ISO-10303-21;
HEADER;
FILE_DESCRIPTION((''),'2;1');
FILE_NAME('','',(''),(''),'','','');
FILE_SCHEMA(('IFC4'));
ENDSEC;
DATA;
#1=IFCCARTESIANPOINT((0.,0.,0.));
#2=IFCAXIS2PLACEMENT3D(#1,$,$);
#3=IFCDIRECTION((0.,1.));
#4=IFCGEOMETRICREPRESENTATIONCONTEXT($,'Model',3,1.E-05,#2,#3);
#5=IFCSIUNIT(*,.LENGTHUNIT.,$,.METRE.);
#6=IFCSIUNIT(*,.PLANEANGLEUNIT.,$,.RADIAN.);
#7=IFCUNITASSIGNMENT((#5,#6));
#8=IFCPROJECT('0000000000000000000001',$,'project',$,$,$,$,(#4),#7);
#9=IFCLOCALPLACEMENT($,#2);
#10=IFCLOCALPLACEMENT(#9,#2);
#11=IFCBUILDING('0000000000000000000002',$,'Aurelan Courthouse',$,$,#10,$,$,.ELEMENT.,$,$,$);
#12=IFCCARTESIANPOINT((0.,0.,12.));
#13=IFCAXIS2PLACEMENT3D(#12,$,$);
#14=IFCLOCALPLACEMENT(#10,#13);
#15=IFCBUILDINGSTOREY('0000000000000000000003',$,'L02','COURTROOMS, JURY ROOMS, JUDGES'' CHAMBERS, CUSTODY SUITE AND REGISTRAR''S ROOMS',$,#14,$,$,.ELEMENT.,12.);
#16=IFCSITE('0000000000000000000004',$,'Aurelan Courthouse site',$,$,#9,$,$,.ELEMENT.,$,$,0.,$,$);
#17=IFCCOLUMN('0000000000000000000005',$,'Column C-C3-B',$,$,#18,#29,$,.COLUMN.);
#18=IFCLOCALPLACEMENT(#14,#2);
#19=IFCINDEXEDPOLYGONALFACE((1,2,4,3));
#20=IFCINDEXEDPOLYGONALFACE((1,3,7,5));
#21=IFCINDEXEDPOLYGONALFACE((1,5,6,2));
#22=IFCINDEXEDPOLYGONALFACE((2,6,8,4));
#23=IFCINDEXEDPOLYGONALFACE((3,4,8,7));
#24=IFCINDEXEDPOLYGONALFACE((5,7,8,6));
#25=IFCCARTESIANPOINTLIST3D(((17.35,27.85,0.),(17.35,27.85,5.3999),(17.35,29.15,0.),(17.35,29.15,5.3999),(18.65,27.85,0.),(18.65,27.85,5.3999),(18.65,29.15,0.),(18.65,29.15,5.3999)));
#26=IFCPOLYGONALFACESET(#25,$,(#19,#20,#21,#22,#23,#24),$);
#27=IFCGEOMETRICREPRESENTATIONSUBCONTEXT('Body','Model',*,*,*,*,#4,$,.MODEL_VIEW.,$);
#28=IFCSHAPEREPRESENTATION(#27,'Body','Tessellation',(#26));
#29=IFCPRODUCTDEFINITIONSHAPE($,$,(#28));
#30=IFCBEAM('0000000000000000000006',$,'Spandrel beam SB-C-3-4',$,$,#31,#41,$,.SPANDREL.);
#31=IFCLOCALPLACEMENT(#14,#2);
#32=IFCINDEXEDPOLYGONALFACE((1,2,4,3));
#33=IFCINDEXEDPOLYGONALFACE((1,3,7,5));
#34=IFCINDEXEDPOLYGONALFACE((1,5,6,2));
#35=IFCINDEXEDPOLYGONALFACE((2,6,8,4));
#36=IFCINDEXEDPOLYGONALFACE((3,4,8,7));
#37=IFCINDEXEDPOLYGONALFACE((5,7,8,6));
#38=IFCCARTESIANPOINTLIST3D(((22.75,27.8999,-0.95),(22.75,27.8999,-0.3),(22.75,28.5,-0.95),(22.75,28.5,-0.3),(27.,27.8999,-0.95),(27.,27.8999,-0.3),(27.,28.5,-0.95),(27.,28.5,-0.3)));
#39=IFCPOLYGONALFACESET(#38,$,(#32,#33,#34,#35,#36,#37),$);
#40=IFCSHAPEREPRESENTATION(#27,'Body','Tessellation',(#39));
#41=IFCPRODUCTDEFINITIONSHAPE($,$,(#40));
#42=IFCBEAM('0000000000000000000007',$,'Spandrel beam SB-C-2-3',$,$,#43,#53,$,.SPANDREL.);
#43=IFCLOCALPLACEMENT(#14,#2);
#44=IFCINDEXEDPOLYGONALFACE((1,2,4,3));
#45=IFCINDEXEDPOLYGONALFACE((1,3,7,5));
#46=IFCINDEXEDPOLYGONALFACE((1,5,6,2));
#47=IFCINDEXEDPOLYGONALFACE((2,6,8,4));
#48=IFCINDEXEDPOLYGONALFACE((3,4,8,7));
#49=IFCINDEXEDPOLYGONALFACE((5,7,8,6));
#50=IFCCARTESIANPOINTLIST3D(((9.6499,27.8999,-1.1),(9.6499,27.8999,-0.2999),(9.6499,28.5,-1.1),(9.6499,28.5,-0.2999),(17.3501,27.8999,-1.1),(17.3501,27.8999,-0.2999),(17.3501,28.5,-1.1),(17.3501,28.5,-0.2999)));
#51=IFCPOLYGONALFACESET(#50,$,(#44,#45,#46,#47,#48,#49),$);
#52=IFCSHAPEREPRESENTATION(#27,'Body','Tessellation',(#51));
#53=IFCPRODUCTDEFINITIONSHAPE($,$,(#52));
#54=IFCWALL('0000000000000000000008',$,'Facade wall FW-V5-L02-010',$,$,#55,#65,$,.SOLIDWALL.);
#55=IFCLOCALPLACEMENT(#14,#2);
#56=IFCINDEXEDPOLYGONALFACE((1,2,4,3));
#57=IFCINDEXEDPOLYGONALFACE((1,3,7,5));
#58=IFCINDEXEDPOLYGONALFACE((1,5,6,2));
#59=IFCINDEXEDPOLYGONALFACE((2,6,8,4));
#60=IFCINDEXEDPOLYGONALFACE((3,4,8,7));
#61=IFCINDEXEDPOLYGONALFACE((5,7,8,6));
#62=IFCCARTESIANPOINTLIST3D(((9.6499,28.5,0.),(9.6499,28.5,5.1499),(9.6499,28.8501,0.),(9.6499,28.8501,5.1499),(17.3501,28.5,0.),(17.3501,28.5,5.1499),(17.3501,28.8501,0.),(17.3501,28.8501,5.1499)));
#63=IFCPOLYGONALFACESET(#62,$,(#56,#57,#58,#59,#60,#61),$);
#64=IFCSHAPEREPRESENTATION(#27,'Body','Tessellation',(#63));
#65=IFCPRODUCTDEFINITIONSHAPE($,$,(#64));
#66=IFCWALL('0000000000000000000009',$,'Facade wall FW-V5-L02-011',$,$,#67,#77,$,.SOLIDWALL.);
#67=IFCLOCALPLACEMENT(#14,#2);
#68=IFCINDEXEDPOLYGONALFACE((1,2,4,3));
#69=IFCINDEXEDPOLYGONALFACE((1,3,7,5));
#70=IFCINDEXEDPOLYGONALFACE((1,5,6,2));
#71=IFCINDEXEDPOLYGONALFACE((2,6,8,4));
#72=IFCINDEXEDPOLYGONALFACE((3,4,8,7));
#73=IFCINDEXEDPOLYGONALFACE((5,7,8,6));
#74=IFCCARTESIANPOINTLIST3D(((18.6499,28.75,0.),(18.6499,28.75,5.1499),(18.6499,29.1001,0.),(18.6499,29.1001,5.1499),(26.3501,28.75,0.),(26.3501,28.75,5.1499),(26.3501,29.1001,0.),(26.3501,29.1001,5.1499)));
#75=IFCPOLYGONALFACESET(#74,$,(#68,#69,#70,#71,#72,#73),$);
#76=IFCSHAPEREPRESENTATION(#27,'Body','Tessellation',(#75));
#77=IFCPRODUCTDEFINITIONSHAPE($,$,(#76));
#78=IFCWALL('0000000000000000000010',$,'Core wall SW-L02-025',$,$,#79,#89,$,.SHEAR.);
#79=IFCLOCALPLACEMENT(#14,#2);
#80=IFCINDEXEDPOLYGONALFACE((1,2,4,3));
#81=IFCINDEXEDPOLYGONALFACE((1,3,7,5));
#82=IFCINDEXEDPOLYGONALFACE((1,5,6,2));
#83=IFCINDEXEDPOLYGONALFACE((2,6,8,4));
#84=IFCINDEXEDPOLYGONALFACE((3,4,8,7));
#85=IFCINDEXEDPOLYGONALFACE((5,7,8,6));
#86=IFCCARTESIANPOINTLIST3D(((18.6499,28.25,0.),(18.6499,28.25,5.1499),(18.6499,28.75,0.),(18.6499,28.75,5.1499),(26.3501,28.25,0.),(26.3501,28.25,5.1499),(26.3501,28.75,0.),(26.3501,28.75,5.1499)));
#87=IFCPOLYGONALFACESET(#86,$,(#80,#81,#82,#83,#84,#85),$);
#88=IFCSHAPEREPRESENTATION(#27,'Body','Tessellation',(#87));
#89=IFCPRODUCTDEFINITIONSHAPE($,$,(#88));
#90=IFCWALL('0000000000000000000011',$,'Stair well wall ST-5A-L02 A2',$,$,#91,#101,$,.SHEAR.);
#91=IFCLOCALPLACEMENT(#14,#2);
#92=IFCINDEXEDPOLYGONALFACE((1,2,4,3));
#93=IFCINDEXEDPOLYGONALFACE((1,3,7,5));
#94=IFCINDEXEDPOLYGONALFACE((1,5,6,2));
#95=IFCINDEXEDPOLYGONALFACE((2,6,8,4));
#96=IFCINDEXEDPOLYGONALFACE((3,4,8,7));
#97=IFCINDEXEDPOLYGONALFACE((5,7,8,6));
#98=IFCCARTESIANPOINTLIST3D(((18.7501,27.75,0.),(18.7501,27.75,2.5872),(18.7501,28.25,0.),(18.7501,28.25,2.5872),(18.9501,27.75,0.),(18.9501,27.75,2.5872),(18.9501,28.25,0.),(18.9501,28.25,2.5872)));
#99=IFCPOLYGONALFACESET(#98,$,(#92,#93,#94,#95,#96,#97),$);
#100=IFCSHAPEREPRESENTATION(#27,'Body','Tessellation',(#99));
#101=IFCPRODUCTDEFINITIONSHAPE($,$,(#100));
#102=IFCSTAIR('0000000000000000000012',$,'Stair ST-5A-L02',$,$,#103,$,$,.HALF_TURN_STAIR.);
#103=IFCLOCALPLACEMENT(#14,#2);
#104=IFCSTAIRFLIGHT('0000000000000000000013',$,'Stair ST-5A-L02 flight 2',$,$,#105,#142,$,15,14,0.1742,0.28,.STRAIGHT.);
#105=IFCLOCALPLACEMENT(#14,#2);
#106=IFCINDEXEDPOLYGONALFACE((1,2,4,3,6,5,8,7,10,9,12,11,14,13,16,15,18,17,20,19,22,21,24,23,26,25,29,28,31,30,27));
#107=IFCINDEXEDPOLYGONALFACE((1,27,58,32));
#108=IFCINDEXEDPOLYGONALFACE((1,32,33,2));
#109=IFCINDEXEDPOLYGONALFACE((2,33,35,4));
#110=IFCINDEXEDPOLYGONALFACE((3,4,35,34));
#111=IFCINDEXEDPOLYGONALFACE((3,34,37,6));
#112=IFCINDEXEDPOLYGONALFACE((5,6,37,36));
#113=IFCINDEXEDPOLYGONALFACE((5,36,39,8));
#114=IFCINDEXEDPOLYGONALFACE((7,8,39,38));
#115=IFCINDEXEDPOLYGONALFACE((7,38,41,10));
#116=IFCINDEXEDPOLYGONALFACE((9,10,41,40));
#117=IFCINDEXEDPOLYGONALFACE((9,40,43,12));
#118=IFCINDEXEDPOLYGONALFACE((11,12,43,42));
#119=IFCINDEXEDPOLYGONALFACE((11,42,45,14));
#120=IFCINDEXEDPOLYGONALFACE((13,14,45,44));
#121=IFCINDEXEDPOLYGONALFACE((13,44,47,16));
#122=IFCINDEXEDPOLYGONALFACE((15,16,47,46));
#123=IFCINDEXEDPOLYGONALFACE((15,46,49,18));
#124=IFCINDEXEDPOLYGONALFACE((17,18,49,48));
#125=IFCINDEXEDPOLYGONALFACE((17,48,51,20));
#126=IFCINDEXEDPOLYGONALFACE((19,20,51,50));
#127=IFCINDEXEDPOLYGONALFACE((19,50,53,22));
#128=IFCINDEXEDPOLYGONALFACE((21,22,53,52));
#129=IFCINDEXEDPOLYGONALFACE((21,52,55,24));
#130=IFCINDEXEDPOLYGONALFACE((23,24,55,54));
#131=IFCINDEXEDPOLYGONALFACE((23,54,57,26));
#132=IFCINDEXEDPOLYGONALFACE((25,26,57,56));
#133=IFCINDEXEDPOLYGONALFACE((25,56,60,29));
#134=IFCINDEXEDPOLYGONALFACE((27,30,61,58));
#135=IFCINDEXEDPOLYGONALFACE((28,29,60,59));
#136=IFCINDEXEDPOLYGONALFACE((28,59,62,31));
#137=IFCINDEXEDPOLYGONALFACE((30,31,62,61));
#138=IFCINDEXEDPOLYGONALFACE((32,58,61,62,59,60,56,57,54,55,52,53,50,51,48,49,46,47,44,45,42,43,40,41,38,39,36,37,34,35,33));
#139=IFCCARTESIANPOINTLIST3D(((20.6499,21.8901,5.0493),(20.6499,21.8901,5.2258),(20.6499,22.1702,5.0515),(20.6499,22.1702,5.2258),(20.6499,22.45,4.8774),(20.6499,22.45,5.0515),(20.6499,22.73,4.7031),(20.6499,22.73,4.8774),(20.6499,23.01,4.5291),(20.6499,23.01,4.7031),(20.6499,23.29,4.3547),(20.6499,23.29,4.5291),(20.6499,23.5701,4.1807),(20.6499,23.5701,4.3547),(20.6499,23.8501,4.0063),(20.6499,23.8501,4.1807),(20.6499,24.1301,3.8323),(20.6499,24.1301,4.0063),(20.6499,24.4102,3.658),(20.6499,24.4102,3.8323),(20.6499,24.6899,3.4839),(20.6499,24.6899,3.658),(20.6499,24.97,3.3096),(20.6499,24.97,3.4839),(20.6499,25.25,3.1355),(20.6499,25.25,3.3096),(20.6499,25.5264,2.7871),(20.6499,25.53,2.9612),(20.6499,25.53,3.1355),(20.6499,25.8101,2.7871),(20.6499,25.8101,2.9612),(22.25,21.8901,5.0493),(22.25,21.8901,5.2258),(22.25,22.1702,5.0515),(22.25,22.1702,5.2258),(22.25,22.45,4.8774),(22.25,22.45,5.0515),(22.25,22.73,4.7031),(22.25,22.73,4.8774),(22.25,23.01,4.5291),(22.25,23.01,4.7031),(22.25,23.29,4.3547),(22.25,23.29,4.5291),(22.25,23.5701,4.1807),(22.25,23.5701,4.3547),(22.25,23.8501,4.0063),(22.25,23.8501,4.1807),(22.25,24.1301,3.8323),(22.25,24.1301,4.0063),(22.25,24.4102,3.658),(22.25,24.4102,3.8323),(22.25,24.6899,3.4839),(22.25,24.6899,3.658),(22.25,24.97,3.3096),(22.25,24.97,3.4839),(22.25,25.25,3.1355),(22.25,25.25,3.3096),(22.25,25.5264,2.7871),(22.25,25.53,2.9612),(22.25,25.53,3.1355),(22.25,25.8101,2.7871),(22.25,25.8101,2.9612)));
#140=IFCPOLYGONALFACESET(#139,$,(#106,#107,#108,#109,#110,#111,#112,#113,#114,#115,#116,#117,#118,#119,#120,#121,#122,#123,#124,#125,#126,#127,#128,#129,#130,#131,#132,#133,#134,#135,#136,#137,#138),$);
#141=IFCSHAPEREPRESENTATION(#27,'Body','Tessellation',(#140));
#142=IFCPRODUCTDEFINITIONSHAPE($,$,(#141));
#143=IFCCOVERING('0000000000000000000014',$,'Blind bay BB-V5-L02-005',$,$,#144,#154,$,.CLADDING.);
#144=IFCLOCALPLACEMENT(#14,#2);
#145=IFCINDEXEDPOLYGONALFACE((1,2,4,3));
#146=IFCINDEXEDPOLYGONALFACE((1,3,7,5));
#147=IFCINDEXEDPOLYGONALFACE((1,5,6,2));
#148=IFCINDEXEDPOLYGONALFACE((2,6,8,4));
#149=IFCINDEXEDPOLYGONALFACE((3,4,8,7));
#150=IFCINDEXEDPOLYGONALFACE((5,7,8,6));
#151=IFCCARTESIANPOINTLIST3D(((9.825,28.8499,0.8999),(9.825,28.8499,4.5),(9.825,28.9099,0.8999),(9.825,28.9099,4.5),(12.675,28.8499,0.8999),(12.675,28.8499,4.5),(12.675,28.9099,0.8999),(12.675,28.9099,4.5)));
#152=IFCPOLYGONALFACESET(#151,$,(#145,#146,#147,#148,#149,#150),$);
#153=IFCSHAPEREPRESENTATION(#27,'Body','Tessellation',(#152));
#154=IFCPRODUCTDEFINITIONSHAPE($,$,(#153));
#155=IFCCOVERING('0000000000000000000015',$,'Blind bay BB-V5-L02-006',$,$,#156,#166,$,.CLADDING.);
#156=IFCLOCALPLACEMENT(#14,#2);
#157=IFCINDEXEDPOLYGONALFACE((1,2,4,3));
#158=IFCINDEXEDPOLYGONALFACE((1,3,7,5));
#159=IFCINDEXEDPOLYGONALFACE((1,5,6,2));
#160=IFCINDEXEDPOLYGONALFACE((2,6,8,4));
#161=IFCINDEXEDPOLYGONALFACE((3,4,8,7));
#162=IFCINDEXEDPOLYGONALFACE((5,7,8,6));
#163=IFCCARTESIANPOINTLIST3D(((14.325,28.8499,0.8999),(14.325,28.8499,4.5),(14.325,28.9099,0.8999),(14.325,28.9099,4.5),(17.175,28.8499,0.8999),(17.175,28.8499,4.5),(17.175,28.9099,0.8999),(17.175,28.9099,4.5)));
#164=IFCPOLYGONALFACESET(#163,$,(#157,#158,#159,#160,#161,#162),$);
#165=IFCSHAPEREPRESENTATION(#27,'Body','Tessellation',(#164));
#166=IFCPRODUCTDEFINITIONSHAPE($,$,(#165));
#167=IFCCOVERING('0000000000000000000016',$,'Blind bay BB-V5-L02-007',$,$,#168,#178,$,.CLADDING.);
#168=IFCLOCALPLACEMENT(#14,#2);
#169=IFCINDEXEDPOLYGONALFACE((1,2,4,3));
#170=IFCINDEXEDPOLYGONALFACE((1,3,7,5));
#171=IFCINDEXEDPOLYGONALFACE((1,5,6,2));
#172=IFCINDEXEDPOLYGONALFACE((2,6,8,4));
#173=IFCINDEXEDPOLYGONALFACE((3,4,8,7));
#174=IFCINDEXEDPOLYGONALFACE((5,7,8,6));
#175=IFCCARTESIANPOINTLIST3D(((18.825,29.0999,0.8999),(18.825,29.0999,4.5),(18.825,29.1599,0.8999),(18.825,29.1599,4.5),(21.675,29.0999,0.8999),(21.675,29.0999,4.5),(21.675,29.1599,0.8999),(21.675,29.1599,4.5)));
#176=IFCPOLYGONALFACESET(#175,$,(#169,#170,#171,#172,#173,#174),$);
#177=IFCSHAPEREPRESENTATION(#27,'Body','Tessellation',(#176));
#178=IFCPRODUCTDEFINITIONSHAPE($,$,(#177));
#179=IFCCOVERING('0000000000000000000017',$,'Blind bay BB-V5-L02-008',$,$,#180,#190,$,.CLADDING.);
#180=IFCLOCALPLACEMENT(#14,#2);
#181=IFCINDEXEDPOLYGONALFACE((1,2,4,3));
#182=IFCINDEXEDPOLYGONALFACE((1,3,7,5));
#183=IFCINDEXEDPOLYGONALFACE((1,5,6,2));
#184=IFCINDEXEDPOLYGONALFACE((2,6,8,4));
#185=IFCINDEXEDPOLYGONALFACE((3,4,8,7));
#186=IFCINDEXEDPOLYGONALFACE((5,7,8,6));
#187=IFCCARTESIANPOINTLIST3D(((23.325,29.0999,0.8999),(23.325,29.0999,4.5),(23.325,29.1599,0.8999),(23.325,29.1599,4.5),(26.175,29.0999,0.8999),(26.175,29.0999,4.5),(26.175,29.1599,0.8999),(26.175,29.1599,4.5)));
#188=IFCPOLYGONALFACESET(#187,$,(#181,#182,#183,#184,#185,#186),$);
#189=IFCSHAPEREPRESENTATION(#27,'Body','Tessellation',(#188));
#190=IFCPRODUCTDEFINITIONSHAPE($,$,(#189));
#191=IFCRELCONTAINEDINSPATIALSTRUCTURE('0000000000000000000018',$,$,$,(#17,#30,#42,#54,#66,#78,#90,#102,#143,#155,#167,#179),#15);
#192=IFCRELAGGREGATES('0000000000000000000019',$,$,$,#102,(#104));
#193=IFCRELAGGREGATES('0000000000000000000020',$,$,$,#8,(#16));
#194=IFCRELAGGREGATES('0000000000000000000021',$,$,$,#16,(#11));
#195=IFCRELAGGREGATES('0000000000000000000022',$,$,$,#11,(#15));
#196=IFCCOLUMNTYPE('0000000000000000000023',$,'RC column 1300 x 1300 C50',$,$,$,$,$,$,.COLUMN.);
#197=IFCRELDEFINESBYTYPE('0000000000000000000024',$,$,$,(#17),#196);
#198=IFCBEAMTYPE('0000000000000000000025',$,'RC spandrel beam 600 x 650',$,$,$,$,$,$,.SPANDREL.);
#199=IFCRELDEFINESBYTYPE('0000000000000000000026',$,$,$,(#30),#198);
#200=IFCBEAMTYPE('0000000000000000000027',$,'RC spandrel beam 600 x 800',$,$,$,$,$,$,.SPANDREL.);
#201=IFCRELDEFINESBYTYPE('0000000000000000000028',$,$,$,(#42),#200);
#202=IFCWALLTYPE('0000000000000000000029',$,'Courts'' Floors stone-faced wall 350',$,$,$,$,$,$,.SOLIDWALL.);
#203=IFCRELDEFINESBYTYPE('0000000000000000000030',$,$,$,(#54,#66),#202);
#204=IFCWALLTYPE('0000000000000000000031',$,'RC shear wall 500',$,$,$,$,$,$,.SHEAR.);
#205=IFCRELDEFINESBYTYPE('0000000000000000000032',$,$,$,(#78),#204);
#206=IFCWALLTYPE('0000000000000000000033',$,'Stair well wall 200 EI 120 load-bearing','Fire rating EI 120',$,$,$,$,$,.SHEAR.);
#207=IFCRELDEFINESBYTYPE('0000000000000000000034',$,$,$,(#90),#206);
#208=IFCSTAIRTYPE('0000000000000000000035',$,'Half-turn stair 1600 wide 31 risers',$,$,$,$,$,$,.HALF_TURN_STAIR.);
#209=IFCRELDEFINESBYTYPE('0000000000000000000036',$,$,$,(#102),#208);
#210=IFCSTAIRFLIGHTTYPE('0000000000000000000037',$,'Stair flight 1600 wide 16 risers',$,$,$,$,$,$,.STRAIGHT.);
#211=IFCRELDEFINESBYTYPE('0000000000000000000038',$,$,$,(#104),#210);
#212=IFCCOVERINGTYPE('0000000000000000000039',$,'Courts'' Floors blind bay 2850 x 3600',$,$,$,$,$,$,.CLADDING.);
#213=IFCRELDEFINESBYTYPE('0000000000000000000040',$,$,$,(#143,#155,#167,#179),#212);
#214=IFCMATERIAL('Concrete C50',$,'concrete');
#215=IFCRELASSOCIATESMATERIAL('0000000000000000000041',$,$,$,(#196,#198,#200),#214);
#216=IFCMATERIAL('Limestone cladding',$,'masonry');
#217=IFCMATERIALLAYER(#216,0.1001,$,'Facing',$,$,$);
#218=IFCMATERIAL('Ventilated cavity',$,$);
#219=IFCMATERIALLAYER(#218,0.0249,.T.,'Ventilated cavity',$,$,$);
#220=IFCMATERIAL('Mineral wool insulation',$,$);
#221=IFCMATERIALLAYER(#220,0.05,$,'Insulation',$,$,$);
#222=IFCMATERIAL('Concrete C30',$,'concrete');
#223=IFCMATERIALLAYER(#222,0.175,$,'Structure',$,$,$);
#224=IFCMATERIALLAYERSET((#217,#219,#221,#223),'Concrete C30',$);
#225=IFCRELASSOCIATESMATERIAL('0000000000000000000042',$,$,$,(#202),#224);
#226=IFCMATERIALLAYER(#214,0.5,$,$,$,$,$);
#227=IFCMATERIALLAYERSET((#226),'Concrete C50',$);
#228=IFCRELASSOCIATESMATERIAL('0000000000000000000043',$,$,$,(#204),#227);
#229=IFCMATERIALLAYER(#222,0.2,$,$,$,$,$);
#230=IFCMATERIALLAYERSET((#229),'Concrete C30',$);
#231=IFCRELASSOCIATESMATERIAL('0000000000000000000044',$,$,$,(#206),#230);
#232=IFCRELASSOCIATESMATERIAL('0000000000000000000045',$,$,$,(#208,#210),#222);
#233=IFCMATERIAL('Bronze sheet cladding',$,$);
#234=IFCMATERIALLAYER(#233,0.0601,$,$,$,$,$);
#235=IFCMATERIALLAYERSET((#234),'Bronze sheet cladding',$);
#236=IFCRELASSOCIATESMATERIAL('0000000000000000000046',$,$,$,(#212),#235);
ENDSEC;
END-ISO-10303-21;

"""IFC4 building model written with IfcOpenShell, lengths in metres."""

from ifc_helpers import new_model, si_unit, direction, frame, frame_2d, origin, origin_2d, place, context, subcontext, project, spatial, polyline, rectangle, outline, extrude, material, layer, layer_set, material_profile, profile_set, type_object, element, aggregate, save


model = new_model("IFC4")

# Units and contexts
model_context = context("Model", 3, precision=1e-05, world=origin(), true_north=direction((0.0, 1.0)))
body_context = subcontext(model_context, "Body", "Model", "MODEL_VIEW")
ifc_project = project(units=[si_unit("LENGTHUNIT", "METRE"), si_unit("PLANEANGLEUNIT", "RADIAN")], contexts=[model_context])

# Site, building, storey
site_placement = place(None, origin())
site = spatial("IfcSite", under=ifc_project, at=site_placement, Name="Aurelan Courthouse site", CompositionType="ELEMENT", RefElevation=0.0)
building_placement = place(site_placement, origin())
building = spatial("IfcBuilding", under=site, at=building_placement, Name="Aurelan Courthouse", CompositionType="ELEMENT")
storey_placement = place(building_placement, frame((0.0, 0.0, 12.0)))
storey = spatial("IfcBuildingStorey", under=building, at=storey_placement, Name="L02", Description="COURTROOMS, JURY ROOMS, JUDGES' CHAMBERS, CUSTODY SUITE AND REGISTRAR'S ROOMS", CompositionType="ELEMENT", Elevation=12.0)

# Column
ifc_material_1 = material(Name="Concrete C50", Category="concrete")
ifc_material_profile_1 = material_profile(ifc_material_1, rectangle(XDim=1.3, YDim=1.3, at=origin_2d()), Name="RC 1300 x 1300")
ifc_profile_set_1 = profile_set([ifc_material_profile_1], Name="Concrete C50")
column_type = type_object("IfcColumnType", Name="RC column 1300 x 1300 C50", PredefinedType="COLUMN", material=ifc_profile_set_1)
column_placement = place(storey_placement, frame((18.0, 28.5, 0.0), z_axis=(0.0, 0.0, 1.0), x_axis=(1.0, 0.0, 0.0)))
element("IfcColumn", 1, at=column_placement, inside=storey, type_object=column_type, Name="Column C-C3-B", PredefinedType="COLUMN", context=body_context, shape_type="SweptSolid", body=[
    extrude(rectangle(XDim=1.3, YDim=1.3, at=origin_2d()), origin(), (0.0, 0.0, 1.0), 5.3999),
])

# Beams
ifc_material_profile_2 = material_profile(ifc_material_1, rectangle(XDim=0.6001, YDim=0.6499, at=origin_2d()), Name="RC 600 x 650")
ifc_profile_set_2 = profile_set([ifc_material_profile_2], Name="Concrete C50")
beam_type_1 = type_object("IfcBeamType", Name="RC spandrel beam 600 x 650", PredefinedType="SPANDREL", material=ifc_profile_set_2)
beam_1_placement = place(storey_placement, frame((22.75, 28.2, -0.625), z_axis=(1.0, 0.0, 0.0), x_axis=(0.0, 1.0, 0.0)))
element("IfcBeam", 2, at=beam_1_placement, inside=storey, type_object=beam_type_1, Name="Spandrel beam SB-C-3-4", PredefinedType="SPANDREL", context=body_context, shape_type="SweptSolid", body=[
    extrude(rectangle(XDim=0.6001, YDim=0.6499, at=origin_2d()), origin(), (0.0, 0.0, 1.0), 4.25),
])
ifc_material_profile_3 = material_profile(ifc_material_1, rectangle(XDim=0.6001, YDim=0.8, at=origin_2d()), Name="RC 600 x 800")
ifc_profile_set_3 = profile_set([ifc_material_profile_3], Name="Concrete C50")
beam_type_2 = type_object("IfcBeamType", Name="RC spandrel beam 600 x 800", PredefinedType="SPANDREL", material=ifc_profile_set_3)
beam_2_placement = place(storey_placement, frame((9.6499, 28.2, -0.7), z_axis=(1.0, 0.0, 0.0), x_axis=(0.0, 1.0, 0.0)))
element("IfcBeam", 3, at=beam_2_placement, inside=storey, type_object=beam_type_2, Name="Spandrel beam SB-C-2-3", PredefinedType="SPANDREL", context=body_context, shape_type="SweptSolid", body=[
    extrude(rectangle(XDim=0.6001, YDim=0.8, at=origin_2d()), origin(), (0.0, 0.0, 1.0), 7.7002),
])

# Walls
ifc_material_2 = material(Name="Limestone cladding", Category="masonry")
ifc_layer_1 = layer(ifc_material_2, 0.1001, Name="Facing")
ifc_material_3 = material(Name="Ventilated cavity")
ifc_layer_2 = layer(ifc_material_3, 0.0249, ventilated=True, Name="Ventilated cavity")
ifc_material_4 = material(Name="Mineral wool insulation")
ifc_layer_3 = layer(ifc_material_4, 0.05, Name="Insulation")
ifc_material_5 = material(Name="Concrete C30", Category="concrete")
ifc_layer_4 = layer(ifc_material_5, 0.175, Name="Structure")
ifc_layer_set_1 = layer_set([ifc_layer_1, ifc_layer_2, ifc_layer_3, ifc_layer_4], Name="Concrete C30")
wall_type_1 = type_object("IfcWallType", Name="Courts' Floors stone-faced wall 350", PredefinedType="SOLIDWALL", material=ifc_layer_set_1)
for number, where, z_axis, x_axis, name in (
    (4, (9.6499, 28.675, 0.0), (0.0, 0.0, 1.0), (1.0, 0.0, 0.0), "Facade wall FW-V5-L02-010"),
    (5, (18.6499, 28.925, 0.0), (0.0, 0.0, 1.0), (1.0, 0.0, 0.0), "Facade wall FW-V5-L02-011"),
):
    element("IfcWall", number, at=place(storey_placement, frame(where, z_axis=z_axis, x_axis=x_axis)), inside=storey, type_object=wall_type_1, Name=name, PredefinedType="SOLIDWALL", context=body_context, shape_type="SweptSolid", body=[
        extrude(rectangle(XDim=7.7002, YDim=0.3501, at=frame_2d((3.8501, 0.0))), origin(), (0.0, 0.0, 1.0), 5.1499),
    ])
ifc_layer_5 = layer(ifc_material_1, 0.5)
ifc_layer_set_2 = layer_set([ifc_layer_5], Name="Concrete C50")
wall_type_2 = type_object("IfcWallType", Name="RC shear wall 500", PredefinedType="SHEAR", material=ifc_layer_set_2)
wall_1_placement = place(storey_placement, frame((18.6499, 28.5, 0.0), z_axis=(0.0, 0.0, 1.0), x_axis=(1.0, 0.0, 0.0)))
element("IfcWall", 6, at=wall_1_placement, inside=storey, type_object=wall_type_2, Name="Core wall SW-L02-025", PredefinedType="SHEAR", context=body_context, shape_type="SweptSolid", body=[
    extrude(rectangle(XDim=7.7002, YDim=0.5, at=frame_2d((3.8501, 0.0))), origin(), (0.0, 0.0, 1.0), 5.1499),
])
ifc_layer_6 = layer(ifc_material_5, 0.2)
ifc_layer_set_3 = layer_set([ifc_layer_6], Name="Concrete C30")
wall_type_3 = type_object("IfcWallType", Name="Stair well wall 200 EI 120 load-bearing", Description="Fire rating EI 120", PredefinedType="SHEAR", material=ifc_layer_set_3)
wall_2_placement = place(storey_placement, frame((18.8501, 27.75, 0.0), z_axis=(0.0, 0.0, 1.0), x_axis=(0.0, 1.0, 0.0)))
element("IfcWall", 7, at=wall_2_placement, inside=storey, type_object=wall_type_3, Name="Stair well wall ST-5A-L02 A2", PredefinedType="SHEAR", context=body_context, shape_type="SweptSolid", body=[
    extrude(rectangle(XDim=0.5, YDim=0.2, at=frame_2d((0.25, 0.0))), origin(), (0.0, 0.0, 1.0), 2.5872),
])

# Stair, stair flight
stair_type = type_object("IfcStairType", Name="Half-turn stair 1600 wide 31 risers", PredefinedType="HALF_TURN_STAIR", material=ifc_material_5)
stair_placement = place(storey_placement, origin())
stair = element("IfcStair", 8, at=stair_placement, inside=storey, type_object=stair_type, Name="Stair ST-5A-L02", PredefinedType="HALF_TURN_STAIR")
stair_flight_type = type_object("IfcStairFlightType", Name="Stair flight 1600 wide 16 risers", PredefinedType="STRAIGHT", material=ifc_material_5)
stair_flight_placement = place(storey_placement, frame((21.45, 25.8101, 2.7871), z_axis=(0.0, 0.0, 1.0), x_axis=(0.0, -1.0, 0.0)))
stair_flight = element("IfcStairFlight", 9, at=stair_flight_placement, type_object=stair_flight_type, Name="Stair ST-5A-L02 flight 2", NumberOfRisers=15, NumberOfTreads=14, PredefinedType="STRAIGHT", RiserHeight=0.1742, TreadLength=0.28, context=body_context, shape_type="SweptSolid", body=[
    extrude(outline(polyline([(0.0, 0.0), (0.0, 0.1741), (0.28, 0.1741), (0.28, 0.3484), (0.5601, 0.3484), (0.5601, 0.5225), (0.8401, 0.5225), (0.8401, 0.6968), (1.1201, 0.6968), (1.1201, 0.8708), (1.3999, 0.8708), (1.3999, 1.0452), (1.6799, 1.0452), (1.6799, 1.2192), (1.96, 1.2192), (1.96, 1.3936), (2.24, 1.3936), (2.24, 1.5676), (2.52, 1.5676), (2.52, 1.7419), (2.8, 1.7419), (2.8, 1.916), (3.0801, 1.916), (3.0801, 2.0903), (3.3601, 2.0903), (3.3601, 2.2644), (3.6399, 2.2644), (3.6399, 2.4387), (3.9199, 2.4387), (3.9199, 2.6128), (3.9199, 2.2622), (0.2837, 0.0), (0.0, 0.0)])), frame((0.0, 0.8, 0.0), z_axis=(0.0, -1.0, 0.0), x_axis=(1.0, 0.0, 0.0)), (0.0, 0.0, 1.0), 1.6001),
])
aggregate(stair, [stair_flight])

# Coverings
ifc_material_6 = material(Name="Bronze sheet cladding")
ifc_layer_7 = layer(ifc_material_6, 0.0601)
ifc_layer_set_4 = layer_set([ifc_layer_7], Name="Bronze sheet cladding")
covering_type_1 = type_object("IfcCoveringType", Name="Courts' Floors blind bay 2850 x 3600", PredefinedType="CLADDING", material=ifc_layer_set_4)
for number, where, z_axis, x_axis, name in (
    (10, (11.25, 28.8799, 0.8999), (0.0, 0.0, 1.0), (1.0, 0.0, 0.0), "Blind bay BB-V5-L02-005"),
    (11, (15.75, 28.8799, 0.8999), (0.0, 0.0, 1.0), (1.0, 0.0, 0.0), "Blind bay BB-V5-L02-006"),
    (12, (20.25, 29.1299, 0.8999), (0.0, 0.0, 1.0), (1.0, 0.0, 0.0), "Blind bay BB-V5-L02-007"),
    (13, (24.75, 29.1299, 0.8999), (0.0, 0.0, 1.0), (1.0, 0.0, 0.0), "Blind bay BB-V5-L02-008"),
):
    element("IfcCovering", number, at=place(storey_placement, frame(where, z_axis=z_axis, x_axis=x_axis)), inside=storey, type_object=covering_type_1, Name=name, PredefinedType="CLADDING", context=body_context, shape_type="SweptSolid", body=[
        extrude(rectangle(XDim=2.8501, YDim=0.0601, at=origin_2d()), origin(), (0.0, 0.0, 1.0), 3.6001),
    ])

save(model, "model.ifc")
